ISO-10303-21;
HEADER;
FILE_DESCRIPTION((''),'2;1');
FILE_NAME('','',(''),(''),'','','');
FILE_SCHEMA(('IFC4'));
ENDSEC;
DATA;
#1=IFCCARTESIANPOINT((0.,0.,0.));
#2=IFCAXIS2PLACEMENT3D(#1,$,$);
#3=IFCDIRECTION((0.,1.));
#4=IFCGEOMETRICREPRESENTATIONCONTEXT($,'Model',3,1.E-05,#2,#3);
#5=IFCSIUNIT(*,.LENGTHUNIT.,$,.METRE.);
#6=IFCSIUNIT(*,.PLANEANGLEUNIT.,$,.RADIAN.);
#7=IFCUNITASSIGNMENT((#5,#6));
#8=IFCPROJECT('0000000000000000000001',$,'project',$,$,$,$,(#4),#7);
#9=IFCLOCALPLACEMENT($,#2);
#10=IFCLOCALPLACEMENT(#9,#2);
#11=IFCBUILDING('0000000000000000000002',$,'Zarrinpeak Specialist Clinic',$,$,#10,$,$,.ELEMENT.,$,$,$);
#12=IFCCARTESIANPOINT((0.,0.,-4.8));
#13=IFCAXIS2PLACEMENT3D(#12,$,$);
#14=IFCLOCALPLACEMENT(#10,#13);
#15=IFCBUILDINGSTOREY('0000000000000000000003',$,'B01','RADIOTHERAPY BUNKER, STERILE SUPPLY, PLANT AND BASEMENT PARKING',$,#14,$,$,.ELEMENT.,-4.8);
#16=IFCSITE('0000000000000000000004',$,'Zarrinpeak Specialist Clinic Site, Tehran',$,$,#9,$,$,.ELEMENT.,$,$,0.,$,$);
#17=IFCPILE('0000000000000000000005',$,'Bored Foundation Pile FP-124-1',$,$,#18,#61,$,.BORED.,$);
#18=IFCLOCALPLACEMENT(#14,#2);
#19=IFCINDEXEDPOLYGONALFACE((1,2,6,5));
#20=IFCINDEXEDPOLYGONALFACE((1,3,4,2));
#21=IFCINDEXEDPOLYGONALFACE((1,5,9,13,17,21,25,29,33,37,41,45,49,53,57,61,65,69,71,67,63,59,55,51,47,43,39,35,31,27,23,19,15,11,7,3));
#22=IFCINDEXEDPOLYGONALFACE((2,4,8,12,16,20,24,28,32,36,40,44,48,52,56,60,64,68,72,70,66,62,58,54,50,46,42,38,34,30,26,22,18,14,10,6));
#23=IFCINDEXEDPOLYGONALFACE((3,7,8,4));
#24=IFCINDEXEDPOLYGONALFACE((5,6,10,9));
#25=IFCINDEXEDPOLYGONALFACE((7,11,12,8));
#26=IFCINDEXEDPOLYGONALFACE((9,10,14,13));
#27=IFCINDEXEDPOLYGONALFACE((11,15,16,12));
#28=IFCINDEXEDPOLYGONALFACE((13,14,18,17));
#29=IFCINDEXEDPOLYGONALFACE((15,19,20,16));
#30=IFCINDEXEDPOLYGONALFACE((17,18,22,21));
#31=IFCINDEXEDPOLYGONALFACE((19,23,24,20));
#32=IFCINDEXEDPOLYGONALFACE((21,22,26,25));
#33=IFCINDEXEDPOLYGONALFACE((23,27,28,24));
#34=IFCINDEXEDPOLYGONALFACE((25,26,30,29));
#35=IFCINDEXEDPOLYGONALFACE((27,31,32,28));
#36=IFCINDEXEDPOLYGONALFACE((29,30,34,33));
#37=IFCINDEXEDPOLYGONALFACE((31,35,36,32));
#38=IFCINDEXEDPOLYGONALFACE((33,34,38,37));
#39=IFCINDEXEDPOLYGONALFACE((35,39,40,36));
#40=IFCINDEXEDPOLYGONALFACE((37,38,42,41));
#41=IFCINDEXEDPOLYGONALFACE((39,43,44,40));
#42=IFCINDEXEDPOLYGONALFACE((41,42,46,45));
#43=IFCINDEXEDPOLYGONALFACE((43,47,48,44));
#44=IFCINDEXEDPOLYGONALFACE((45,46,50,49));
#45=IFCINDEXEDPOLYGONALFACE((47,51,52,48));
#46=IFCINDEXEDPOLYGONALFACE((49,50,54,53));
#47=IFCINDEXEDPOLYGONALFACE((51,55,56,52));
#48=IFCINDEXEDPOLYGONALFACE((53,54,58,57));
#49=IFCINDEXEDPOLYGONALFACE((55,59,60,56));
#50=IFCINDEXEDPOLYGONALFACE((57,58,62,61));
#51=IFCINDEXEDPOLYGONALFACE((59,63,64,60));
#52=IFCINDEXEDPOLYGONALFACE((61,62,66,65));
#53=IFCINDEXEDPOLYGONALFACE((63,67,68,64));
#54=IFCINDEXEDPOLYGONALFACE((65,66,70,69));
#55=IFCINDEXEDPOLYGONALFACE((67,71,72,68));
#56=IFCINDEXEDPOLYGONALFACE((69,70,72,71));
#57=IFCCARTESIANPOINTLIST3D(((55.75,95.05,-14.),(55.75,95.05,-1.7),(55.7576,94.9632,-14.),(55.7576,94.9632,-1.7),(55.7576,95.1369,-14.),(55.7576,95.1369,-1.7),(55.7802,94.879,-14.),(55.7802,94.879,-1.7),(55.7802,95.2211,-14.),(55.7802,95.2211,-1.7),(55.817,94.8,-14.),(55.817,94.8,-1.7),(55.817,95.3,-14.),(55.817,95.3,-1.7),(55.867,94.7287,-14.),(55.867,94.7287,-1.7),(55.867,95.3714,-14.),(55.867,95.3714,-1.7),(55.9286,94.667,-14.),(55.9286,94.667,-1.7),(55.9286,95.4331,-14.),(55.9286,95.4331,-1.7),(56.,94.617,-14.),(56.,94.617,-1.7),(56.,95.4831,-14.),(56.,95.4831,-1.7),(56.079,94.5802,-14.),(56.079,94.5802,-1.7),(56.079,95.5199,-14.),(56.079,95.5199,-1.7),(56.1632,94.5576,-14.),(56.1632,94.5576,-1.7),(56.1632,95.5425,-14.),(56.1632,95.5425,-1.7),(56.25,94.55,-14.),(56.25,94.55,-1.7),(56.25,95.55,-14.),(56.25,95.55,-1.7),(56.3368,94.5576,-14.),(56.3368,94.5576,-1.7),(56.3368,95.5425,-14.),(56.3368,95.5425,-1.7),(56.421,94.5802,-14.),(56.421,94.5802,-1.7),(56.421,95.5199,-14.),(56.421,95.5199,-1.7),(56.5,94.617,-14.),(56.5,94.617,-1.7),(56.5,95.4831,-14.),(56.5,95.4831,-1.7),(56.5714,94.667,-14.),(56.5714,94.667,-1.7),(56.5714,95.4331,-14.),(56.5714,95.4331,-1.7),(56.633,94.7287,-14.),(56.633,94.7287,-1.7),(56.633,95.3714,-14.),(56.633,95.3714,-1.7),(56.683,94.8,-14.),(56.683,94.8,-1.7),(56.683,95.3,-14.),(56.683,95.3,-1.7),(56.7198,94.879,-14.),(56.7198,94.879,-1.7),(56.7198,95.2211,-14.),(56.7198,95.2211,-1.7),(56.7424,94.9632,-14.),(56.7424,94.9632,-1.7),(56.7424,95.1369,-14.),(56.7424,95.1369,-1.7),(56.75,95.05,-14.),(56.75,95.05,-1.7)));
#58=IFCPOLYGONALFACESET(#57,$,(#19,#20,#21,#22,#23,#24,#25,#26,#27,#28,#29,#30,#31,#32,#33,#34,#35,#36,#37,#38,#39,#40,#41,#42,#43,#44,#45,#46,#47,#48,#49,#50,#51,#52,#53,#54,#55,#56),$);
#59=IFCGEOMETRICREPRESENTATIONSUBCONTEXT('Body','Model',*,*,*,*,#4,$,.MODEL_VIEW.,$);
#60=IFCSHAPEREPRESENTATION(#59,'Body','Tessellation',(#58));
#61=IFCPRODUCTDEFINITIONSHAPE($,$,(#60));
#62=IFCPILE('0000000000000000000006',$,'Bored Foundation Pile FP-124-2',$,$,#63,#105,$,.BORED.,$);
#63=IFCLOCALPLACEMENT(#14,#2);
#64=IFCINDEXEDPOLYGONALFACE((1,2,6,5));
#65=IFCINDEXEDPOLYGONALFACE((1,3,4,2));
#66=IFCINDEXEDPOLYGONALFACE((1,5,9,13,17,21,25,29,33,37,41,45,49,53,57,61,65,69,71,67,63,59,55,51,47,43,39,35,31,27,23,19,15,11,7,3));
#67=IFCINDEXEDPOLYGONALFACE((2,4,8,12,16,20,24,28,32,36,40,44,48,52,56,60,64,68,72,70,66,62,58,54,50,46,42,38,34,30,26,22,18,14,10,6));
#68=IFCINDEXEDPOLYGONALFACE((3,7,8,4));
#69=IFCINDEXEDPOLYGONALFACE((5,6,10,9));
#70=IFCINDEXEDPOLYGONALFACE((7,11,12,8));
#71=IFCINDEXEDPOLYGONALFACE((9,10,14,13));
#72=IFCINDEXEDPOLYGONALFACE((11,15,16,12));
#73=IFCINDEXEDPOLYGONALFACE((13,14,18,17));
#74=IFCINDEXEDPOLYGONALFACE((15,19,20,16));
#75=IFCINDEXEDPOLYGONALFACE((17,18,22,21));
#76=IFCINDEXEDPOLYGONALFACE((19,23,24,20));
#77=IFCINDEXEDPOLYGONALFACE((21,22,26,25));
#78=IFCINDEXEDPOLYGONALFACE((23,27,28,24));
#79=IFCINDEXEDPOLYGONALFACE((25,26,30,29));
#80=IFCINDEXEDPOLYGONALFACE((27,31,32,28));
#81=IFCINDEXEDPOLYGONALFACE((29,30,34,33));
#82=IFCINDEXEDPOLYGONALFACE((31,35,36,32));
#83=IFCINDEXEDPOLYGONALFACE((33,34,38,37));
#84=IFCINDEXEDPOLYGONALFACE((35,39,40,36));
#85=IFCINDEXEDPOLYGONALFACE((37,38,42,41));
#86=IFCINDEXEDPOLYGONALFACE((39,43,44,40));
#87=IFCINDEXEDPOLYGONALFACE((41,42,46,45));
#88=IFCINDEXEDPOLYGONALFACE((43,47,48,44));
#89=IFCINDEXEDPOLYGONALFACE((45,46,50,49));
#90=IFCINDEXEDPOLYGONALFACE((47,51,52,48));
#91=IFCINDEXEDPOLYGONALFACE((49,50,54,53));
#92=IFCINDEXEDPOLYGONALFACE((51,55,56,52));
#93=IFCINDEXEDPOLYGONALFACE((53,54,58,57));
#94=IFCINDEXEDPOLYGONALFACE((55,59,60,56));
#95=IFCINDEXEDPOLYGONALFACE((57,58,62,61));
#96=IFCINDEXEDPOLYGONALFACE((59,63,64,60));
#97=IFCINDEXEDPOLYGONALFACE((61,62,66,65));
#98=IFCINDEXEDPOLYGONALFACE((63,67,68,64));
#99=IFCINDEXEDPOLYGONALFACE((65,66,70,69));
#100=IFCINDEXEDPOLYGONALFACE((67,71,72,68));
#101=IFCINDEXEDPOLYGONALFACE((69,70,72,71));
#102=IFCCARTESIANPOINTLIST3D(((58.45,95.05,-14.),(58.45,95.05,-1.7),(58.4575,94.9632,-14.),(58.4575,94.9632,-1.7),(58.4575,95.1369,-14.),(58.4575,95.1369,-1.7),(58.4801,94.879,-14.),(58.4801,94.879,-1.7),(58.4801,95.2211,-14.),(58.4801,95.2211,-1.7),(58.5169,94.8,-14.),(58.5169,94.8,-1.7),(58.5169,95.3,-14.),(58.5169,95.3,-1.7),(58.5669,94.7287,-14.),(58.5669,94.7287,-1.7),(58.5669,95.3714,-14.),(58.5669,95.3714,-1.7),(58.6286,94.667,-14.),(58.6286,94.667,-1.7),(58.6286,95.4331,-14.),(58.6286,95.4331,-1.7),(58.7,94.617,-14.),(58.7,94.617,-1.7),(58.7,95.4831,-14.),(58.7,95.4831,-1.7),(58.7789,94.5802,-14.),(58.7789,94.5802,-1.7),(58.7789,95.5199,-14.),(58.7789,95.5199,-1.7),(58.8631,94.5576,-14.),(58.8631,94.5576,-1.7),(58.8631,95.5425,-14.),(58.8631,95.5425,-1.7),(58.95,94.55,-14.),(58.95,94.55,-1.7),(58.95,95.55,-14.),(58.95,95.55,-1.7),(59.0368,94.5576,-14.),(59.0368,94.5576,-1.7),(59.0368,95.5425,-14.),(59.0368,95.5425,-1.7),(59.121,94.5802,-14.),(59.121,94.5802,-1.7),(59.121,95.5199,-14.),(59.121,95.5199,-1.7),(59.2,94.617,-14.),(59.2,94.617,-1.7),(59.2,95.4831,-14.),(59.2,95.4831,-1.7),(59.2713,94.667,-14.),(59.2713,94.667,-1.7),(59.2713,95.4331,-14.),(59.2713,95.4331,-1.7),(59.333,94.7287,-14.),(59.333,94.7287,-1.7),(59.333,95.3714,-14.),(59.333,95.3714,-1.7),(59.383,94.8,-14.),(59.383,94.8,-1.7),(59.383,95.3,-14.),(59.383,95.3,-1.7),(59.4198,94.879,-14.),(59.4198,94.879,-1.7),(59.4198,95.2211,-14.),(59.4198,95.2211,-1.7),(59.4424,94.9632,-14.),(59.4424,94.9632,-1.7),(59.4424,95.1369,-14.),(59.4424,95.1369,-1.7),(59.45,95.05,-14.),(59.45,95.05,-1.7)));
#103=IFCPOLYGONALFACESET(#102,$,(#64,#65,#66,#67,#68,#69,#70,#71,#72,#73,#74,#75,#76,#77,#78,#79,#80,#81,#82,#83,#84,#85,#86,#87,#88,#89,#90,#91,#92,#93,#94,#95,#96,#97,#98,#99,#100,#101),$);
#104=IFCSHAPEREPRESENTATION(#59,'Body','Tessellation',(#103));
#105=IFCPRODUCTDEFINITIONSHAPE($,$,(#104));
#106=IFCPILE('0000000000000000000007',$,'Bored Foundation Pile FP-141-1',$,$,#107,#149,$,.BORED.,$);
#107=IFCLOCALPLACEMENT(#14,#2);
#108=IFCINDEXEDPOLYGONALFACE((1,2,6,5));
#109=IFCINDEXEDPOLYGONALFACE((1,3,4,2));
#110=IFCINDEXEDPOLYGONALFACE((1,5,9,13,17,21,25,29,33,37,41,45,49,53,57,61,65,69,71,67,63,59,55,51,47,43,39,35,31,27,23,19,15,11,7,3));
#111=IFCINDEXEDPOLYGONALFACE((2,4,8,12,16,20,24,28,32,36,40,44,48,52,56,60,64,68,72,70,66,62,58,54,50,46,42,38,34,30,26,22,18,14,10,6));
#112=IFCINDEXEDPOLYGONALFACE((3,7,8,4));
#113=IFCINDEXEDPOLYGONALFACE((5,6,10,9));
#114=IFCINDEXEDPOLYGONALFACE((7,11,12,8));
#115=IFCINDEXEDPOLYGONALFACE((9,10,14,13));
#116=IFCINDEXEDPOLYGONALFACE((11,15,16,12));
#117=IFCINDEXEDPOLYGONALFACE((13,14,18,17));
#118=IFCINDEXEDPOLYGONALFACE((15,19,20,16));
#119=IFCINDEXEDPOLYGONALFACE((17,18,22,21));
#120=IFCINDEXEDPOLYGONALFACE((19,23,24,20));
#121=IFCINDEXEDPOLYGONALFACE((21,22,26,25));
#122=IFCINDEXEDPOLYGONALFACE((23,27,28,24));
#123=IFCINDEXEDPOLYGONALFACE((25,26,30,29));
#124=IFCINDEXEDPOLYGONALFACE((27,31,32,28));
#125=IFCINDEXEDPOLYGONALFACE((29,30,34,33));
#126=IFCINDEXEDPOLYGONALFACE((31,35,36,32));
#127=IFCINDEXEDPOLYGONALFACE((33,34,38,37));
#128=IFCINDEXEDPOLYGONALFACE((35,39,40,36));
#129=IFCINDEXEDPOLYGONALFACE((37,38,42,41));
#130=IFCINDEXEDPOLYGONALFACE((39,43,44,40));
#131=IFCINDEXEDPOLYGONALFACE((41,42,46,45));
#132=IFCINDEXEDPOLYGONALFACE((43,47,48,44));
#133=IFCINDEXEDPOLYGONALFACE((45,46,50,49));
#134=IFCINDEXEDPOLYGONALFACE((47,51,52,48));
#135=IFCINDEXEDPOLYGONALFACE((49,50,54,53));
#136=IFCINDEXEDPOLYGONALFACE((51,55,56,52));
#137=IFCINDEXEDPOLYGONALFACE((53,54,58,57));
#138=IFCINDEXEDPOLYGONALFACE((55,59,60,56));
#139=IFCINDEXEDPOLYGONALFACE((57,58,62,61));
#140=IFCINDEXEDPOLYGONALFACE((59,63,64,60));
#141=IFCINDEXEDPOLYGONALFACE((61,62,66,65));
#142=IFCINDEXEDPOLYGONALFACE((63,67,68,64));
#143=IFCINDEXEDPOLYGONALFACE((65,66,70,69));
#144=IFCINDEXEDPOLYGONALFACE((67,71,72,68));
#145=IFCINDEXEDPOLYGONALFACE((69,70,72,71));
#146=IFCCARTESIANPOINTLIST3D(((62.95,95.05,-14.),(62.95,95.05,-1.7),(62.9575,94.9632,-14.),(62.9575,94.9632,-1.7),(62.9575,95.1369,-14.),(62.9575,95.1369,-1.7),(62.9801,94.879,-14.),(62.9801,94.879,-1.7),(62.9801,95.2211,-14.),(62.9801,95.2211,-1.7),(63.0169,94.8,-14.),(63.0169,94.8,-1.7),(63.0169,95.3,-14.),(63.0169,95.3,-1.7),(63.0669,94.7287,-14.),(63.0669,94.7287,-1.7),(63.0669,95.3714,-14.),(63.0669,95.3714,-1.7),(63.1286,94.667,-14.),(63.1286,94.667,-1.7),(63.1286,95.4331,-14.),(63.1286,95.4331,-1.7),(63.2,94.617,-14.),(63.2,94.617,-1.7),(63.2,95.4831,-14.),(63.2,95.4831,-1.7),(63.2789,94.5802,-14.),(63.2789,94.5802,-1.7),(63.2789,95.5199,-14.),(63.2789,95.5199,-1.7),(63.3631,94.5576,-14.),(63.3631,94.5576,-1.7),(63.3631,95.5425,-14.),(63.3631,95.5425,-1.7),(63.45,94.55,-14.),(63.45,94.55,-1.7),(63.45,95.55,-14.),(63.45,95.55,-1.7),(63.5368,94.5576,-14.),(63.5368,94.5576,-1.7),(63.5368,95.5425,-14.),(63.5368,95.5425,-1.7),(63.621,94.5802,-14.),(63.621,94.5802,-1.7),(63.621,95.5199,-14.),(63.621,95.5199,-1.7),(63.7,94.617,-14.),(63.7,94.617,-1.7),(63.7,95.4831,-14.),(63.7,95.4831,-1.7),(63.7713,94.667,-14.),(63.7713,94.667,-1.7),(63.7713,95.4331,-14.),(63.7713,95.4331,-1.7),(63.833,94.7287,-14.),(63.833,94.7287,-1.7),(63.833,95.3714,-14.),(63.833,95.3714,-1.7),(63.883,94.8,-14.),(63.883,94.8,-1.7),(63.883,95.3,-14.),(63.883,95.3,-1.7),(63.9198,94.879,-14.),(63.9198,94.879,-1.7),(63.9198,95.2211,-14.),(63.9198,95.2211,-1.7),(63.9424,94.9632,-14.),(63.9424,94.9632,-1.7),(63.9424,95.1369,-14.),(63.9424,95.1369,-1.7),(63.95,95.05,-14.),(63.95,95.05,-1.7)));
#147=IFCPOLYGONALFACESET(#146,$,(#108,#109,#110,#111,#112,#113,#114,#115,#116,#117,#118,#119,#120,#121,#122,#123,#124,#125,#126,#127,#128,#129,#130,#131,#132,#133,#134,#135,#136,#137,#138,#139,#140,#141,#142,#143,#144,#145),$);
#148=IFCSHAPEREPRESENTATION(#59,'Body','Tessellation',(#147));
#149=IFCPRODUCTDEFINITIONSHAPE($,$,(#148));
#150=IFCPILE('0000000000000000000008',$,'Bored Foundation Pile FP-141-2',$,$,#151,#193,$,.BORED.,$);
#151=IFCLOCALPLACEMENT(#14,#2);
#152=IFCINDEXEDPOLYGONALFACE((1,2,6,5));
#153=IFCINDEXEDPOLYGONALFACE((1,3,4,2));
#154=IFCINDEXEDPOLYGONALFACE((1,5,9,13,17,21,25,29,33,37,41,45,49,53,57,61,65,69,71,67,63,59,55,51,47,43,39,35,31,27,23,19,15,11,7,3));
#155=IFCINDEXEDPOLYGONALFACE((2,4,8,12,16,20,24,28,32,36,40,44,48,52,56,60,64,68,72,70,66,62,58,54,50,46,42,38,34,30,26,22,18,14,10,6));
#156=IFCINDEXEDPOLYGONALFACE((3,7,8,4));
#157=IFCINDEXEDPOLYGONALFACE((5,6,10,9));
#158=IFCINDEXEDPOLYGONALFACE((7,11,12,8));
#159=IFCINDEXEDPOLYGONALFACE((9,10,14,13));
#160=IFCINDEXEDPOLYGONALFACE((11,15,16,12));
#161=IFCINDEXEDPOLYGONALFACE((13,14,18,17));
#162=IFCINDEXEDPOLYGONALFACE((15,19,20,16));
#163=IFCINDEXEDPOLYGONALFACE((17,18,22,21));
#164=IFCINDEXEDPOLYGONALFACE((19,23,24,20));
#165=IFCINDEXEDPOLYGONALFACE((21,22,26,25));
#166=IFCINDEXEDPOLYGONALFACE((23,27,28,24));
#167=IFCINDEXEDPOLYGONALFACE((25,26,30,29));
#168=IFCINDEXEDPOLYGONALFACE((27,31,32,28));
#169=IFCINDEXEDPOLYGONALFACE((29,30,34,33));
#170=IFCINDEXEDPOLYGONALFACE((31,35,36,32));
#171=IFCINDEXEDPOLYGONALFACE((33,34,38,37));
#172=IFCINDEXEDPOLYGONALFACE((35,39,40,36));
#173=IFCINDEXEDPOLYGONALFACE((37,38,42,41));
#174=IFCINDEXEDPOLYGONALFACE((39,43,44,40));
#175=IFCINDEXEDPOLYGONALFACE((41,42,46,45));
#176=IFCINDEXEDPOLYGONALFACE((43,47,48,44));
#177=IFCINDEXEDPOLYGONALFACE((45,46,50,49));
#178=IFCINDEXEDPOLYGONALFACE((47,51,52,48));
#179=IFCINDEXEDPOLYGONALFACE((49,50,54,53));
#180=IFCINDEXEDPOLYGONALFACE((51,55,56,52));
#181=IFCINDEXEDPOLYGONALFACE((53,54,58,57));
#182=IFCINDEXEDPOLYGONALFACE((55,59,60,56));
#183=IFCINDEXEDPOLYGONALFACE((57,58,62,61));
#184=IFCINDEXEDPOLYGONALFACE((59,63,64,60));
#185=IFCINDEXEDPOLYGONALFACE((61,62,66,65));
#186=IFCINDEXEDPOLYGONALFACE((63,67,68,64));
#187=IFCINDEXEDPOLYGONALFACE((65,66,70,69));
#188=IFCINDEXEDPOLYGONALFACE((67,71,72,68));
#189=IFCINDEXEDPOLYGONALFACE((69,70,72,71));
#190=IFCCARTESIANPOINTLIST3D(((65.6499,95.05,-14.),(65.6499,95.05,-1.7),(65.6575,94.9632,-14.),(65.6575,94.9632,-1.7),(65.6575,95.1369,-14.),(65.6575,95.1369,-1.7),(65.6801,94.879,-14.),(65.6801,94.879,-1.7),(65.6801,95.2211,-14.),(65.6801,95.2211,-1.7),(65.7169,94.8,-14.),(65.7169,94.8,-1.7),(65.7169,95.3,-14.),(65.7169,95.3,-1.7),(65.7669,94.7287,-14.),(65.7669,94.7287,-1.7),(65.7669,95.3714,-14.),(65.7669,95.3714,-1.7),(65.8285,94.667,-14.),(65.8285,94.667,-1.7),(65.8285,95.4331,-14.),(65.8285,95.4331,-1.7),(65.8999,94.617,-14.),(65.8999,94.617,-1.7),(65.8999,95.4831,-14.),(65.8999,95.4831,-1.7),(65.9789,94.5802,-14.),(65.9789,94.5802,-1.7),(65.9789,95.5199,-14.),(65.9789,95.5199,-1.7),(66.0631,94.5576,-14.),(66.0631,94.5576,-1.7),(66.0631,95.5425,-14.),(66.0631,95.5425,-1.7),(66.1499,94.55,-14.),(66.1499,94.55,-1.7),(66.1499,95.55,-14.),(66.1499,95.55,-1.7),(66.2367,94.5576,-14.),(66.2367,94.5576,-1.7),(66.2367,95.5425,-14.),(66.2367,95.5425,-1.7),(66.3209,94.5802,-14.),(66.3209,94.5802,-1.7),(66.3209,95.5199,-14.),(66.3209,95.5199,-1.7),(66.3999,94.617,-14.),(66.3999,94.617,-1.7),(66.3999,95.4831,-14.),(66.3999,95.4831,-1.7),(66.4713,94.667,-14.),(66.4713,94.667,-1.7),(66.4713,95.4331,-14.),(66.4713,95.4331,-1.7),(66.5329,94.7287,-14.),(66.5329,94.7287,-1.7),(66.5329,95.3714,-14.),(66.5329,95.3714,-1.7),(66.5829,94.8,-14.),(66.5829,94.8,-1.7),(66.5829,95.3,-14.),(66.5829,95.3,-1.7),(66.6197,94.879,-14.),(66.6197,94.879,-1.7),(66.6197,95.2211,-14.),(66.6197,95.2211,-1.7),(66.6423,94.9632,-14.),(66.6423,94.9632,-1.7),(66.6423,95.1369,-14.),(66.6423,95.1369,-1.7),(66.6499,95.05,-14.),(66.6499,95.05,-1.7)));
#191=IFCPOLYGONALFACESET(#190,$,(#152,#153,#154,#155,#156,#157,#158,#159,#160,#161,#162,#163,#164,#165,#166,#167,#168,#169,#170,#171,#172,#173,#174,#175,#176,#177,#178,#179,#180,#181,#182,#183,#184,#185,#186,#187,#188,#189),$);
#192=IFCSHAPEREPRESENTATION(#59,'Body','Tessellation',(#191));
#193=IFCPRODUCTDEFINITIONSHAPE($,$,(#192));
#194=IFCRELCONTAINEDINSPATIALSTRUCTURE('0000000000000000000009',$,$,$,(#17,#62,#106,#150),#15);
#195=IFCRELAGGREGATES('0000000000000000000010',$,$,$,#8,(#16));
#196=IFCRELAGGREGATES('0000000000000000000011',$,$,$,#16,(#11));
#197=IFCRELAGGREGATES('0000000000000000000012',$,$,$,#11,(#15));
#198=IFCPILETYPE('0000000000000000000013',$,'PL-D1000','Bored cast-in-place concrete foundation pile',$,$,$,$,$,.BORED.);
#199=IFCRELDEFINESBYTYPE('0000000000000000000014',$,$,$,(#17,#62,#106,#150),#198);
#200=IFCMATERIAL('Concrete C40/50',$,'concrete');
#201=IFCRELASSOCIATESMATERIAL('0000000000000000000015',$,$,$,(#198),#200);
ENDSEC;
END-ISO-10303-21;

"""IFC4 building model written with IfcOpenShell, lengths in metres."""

from ifc_helpers import new_model, si_unit, direction, frame, origin, origin_2d, place, context, subcontext, project, spatial, circle, extrude, material, material_profile, profile_set, type_object, element, save


model = new_model("IFC4")

# Units and contexts
model_context = context("Model", 3, precision=1e-05, world=origin(), true_north=direction((0.0, 1.0)))
body_context = subcontext(model_context, "Body", "Model", "MODEL_VIEW")
ifc_project = project(units=[si_unit("LENGTHUNIT", "METRE"), si_unit("PLANEANGLEUNIT", "RADIAN")], contexts=[model_context])

# Site, building, storey
site_placement = place(None, origin())
site = spatial("IfcSite", under=ifc_project, at=site_placement, Name="Zarrinpeak Specialist Clinic Site, Tehran", CompositionType="ELEMENT", RefElevation=0.0)
building_placement = place(site_placement, origin())
building = spatial("IfcBuilding", under=site, at=building_placement, Name="Zarrinpeak Specialist Clinic", CompositionType="ELEMENT")
storey_placement = place(building_placement, frame((0.0, 0.0, -4.8)))
storey = spatial("IfcBuildingStorey", under=building, at=storey_placement, Name="B01", Description="RADIOTHERAPY BUNKER, STERILE SUPPLY, PLANT AND BASEMENT PARKING", CompositionType="ELEMENT", Elevation=-4.8)

# Shared definitions
ifc_material = material(Name="Concrete C40/50", Category="concrete")

# Piles
ifc_material_profile_1 = material_profile(ifc_material, circle(Radius=0.5, at=origin_2d()), Name="BORED PILE D1000")
ifc_profile_set_1 = profile_set([ifc_material_profile_1], Name="Concrete C40/50")
pile_type_1 = type_object("IfcPileType", Name="PL-D1000", Description="Bored cast-in-place concrete foundation pile", PredefinedType="BORED", material=ifc_profile_set_1)
for number, where, z_axis, x_axis, name in (
    (1, (56.25, 95.05, -1.7), (0.0, 0.0, -1.0), (1.0, 0.0, 0.0), "Bored Foundation Pile FP-124-1"),
    (2, (58.95, 95.05, -1.7), (0.0, 0.0, -1.0), (1.0, 0.0, 0.0), "Bored Foundation Pile FP-124-2"),
    (3, (63.45, 95.05, -1.7), (0.0, 0.0, -1.0), (1.0, 0.0, 0.0), "Bored Foundation Pile FP-141-1"),
    (4, (66.1499, 95.05, -1.7), (0.0, 0.0, -1.0), (1.0, 0.0, 0.0), "Bored Foundation Pile FP-141-2"),
):
    element("IfcPile", number, at=place(storey_placement, frame(where, z_axis=z_axis, x_axis=x_axis)), inside=storey, type_object=pile_type_1, Name=name, PredefinedType="BORED", context=body_context, shape_type="SweptSolid", body=[
        extrude(circle(Radius=0.5, at=origin_2d()), origin(), (0.0, 0.0, 1.0), 12.3),
    ])

save(model, "model.ifc")
